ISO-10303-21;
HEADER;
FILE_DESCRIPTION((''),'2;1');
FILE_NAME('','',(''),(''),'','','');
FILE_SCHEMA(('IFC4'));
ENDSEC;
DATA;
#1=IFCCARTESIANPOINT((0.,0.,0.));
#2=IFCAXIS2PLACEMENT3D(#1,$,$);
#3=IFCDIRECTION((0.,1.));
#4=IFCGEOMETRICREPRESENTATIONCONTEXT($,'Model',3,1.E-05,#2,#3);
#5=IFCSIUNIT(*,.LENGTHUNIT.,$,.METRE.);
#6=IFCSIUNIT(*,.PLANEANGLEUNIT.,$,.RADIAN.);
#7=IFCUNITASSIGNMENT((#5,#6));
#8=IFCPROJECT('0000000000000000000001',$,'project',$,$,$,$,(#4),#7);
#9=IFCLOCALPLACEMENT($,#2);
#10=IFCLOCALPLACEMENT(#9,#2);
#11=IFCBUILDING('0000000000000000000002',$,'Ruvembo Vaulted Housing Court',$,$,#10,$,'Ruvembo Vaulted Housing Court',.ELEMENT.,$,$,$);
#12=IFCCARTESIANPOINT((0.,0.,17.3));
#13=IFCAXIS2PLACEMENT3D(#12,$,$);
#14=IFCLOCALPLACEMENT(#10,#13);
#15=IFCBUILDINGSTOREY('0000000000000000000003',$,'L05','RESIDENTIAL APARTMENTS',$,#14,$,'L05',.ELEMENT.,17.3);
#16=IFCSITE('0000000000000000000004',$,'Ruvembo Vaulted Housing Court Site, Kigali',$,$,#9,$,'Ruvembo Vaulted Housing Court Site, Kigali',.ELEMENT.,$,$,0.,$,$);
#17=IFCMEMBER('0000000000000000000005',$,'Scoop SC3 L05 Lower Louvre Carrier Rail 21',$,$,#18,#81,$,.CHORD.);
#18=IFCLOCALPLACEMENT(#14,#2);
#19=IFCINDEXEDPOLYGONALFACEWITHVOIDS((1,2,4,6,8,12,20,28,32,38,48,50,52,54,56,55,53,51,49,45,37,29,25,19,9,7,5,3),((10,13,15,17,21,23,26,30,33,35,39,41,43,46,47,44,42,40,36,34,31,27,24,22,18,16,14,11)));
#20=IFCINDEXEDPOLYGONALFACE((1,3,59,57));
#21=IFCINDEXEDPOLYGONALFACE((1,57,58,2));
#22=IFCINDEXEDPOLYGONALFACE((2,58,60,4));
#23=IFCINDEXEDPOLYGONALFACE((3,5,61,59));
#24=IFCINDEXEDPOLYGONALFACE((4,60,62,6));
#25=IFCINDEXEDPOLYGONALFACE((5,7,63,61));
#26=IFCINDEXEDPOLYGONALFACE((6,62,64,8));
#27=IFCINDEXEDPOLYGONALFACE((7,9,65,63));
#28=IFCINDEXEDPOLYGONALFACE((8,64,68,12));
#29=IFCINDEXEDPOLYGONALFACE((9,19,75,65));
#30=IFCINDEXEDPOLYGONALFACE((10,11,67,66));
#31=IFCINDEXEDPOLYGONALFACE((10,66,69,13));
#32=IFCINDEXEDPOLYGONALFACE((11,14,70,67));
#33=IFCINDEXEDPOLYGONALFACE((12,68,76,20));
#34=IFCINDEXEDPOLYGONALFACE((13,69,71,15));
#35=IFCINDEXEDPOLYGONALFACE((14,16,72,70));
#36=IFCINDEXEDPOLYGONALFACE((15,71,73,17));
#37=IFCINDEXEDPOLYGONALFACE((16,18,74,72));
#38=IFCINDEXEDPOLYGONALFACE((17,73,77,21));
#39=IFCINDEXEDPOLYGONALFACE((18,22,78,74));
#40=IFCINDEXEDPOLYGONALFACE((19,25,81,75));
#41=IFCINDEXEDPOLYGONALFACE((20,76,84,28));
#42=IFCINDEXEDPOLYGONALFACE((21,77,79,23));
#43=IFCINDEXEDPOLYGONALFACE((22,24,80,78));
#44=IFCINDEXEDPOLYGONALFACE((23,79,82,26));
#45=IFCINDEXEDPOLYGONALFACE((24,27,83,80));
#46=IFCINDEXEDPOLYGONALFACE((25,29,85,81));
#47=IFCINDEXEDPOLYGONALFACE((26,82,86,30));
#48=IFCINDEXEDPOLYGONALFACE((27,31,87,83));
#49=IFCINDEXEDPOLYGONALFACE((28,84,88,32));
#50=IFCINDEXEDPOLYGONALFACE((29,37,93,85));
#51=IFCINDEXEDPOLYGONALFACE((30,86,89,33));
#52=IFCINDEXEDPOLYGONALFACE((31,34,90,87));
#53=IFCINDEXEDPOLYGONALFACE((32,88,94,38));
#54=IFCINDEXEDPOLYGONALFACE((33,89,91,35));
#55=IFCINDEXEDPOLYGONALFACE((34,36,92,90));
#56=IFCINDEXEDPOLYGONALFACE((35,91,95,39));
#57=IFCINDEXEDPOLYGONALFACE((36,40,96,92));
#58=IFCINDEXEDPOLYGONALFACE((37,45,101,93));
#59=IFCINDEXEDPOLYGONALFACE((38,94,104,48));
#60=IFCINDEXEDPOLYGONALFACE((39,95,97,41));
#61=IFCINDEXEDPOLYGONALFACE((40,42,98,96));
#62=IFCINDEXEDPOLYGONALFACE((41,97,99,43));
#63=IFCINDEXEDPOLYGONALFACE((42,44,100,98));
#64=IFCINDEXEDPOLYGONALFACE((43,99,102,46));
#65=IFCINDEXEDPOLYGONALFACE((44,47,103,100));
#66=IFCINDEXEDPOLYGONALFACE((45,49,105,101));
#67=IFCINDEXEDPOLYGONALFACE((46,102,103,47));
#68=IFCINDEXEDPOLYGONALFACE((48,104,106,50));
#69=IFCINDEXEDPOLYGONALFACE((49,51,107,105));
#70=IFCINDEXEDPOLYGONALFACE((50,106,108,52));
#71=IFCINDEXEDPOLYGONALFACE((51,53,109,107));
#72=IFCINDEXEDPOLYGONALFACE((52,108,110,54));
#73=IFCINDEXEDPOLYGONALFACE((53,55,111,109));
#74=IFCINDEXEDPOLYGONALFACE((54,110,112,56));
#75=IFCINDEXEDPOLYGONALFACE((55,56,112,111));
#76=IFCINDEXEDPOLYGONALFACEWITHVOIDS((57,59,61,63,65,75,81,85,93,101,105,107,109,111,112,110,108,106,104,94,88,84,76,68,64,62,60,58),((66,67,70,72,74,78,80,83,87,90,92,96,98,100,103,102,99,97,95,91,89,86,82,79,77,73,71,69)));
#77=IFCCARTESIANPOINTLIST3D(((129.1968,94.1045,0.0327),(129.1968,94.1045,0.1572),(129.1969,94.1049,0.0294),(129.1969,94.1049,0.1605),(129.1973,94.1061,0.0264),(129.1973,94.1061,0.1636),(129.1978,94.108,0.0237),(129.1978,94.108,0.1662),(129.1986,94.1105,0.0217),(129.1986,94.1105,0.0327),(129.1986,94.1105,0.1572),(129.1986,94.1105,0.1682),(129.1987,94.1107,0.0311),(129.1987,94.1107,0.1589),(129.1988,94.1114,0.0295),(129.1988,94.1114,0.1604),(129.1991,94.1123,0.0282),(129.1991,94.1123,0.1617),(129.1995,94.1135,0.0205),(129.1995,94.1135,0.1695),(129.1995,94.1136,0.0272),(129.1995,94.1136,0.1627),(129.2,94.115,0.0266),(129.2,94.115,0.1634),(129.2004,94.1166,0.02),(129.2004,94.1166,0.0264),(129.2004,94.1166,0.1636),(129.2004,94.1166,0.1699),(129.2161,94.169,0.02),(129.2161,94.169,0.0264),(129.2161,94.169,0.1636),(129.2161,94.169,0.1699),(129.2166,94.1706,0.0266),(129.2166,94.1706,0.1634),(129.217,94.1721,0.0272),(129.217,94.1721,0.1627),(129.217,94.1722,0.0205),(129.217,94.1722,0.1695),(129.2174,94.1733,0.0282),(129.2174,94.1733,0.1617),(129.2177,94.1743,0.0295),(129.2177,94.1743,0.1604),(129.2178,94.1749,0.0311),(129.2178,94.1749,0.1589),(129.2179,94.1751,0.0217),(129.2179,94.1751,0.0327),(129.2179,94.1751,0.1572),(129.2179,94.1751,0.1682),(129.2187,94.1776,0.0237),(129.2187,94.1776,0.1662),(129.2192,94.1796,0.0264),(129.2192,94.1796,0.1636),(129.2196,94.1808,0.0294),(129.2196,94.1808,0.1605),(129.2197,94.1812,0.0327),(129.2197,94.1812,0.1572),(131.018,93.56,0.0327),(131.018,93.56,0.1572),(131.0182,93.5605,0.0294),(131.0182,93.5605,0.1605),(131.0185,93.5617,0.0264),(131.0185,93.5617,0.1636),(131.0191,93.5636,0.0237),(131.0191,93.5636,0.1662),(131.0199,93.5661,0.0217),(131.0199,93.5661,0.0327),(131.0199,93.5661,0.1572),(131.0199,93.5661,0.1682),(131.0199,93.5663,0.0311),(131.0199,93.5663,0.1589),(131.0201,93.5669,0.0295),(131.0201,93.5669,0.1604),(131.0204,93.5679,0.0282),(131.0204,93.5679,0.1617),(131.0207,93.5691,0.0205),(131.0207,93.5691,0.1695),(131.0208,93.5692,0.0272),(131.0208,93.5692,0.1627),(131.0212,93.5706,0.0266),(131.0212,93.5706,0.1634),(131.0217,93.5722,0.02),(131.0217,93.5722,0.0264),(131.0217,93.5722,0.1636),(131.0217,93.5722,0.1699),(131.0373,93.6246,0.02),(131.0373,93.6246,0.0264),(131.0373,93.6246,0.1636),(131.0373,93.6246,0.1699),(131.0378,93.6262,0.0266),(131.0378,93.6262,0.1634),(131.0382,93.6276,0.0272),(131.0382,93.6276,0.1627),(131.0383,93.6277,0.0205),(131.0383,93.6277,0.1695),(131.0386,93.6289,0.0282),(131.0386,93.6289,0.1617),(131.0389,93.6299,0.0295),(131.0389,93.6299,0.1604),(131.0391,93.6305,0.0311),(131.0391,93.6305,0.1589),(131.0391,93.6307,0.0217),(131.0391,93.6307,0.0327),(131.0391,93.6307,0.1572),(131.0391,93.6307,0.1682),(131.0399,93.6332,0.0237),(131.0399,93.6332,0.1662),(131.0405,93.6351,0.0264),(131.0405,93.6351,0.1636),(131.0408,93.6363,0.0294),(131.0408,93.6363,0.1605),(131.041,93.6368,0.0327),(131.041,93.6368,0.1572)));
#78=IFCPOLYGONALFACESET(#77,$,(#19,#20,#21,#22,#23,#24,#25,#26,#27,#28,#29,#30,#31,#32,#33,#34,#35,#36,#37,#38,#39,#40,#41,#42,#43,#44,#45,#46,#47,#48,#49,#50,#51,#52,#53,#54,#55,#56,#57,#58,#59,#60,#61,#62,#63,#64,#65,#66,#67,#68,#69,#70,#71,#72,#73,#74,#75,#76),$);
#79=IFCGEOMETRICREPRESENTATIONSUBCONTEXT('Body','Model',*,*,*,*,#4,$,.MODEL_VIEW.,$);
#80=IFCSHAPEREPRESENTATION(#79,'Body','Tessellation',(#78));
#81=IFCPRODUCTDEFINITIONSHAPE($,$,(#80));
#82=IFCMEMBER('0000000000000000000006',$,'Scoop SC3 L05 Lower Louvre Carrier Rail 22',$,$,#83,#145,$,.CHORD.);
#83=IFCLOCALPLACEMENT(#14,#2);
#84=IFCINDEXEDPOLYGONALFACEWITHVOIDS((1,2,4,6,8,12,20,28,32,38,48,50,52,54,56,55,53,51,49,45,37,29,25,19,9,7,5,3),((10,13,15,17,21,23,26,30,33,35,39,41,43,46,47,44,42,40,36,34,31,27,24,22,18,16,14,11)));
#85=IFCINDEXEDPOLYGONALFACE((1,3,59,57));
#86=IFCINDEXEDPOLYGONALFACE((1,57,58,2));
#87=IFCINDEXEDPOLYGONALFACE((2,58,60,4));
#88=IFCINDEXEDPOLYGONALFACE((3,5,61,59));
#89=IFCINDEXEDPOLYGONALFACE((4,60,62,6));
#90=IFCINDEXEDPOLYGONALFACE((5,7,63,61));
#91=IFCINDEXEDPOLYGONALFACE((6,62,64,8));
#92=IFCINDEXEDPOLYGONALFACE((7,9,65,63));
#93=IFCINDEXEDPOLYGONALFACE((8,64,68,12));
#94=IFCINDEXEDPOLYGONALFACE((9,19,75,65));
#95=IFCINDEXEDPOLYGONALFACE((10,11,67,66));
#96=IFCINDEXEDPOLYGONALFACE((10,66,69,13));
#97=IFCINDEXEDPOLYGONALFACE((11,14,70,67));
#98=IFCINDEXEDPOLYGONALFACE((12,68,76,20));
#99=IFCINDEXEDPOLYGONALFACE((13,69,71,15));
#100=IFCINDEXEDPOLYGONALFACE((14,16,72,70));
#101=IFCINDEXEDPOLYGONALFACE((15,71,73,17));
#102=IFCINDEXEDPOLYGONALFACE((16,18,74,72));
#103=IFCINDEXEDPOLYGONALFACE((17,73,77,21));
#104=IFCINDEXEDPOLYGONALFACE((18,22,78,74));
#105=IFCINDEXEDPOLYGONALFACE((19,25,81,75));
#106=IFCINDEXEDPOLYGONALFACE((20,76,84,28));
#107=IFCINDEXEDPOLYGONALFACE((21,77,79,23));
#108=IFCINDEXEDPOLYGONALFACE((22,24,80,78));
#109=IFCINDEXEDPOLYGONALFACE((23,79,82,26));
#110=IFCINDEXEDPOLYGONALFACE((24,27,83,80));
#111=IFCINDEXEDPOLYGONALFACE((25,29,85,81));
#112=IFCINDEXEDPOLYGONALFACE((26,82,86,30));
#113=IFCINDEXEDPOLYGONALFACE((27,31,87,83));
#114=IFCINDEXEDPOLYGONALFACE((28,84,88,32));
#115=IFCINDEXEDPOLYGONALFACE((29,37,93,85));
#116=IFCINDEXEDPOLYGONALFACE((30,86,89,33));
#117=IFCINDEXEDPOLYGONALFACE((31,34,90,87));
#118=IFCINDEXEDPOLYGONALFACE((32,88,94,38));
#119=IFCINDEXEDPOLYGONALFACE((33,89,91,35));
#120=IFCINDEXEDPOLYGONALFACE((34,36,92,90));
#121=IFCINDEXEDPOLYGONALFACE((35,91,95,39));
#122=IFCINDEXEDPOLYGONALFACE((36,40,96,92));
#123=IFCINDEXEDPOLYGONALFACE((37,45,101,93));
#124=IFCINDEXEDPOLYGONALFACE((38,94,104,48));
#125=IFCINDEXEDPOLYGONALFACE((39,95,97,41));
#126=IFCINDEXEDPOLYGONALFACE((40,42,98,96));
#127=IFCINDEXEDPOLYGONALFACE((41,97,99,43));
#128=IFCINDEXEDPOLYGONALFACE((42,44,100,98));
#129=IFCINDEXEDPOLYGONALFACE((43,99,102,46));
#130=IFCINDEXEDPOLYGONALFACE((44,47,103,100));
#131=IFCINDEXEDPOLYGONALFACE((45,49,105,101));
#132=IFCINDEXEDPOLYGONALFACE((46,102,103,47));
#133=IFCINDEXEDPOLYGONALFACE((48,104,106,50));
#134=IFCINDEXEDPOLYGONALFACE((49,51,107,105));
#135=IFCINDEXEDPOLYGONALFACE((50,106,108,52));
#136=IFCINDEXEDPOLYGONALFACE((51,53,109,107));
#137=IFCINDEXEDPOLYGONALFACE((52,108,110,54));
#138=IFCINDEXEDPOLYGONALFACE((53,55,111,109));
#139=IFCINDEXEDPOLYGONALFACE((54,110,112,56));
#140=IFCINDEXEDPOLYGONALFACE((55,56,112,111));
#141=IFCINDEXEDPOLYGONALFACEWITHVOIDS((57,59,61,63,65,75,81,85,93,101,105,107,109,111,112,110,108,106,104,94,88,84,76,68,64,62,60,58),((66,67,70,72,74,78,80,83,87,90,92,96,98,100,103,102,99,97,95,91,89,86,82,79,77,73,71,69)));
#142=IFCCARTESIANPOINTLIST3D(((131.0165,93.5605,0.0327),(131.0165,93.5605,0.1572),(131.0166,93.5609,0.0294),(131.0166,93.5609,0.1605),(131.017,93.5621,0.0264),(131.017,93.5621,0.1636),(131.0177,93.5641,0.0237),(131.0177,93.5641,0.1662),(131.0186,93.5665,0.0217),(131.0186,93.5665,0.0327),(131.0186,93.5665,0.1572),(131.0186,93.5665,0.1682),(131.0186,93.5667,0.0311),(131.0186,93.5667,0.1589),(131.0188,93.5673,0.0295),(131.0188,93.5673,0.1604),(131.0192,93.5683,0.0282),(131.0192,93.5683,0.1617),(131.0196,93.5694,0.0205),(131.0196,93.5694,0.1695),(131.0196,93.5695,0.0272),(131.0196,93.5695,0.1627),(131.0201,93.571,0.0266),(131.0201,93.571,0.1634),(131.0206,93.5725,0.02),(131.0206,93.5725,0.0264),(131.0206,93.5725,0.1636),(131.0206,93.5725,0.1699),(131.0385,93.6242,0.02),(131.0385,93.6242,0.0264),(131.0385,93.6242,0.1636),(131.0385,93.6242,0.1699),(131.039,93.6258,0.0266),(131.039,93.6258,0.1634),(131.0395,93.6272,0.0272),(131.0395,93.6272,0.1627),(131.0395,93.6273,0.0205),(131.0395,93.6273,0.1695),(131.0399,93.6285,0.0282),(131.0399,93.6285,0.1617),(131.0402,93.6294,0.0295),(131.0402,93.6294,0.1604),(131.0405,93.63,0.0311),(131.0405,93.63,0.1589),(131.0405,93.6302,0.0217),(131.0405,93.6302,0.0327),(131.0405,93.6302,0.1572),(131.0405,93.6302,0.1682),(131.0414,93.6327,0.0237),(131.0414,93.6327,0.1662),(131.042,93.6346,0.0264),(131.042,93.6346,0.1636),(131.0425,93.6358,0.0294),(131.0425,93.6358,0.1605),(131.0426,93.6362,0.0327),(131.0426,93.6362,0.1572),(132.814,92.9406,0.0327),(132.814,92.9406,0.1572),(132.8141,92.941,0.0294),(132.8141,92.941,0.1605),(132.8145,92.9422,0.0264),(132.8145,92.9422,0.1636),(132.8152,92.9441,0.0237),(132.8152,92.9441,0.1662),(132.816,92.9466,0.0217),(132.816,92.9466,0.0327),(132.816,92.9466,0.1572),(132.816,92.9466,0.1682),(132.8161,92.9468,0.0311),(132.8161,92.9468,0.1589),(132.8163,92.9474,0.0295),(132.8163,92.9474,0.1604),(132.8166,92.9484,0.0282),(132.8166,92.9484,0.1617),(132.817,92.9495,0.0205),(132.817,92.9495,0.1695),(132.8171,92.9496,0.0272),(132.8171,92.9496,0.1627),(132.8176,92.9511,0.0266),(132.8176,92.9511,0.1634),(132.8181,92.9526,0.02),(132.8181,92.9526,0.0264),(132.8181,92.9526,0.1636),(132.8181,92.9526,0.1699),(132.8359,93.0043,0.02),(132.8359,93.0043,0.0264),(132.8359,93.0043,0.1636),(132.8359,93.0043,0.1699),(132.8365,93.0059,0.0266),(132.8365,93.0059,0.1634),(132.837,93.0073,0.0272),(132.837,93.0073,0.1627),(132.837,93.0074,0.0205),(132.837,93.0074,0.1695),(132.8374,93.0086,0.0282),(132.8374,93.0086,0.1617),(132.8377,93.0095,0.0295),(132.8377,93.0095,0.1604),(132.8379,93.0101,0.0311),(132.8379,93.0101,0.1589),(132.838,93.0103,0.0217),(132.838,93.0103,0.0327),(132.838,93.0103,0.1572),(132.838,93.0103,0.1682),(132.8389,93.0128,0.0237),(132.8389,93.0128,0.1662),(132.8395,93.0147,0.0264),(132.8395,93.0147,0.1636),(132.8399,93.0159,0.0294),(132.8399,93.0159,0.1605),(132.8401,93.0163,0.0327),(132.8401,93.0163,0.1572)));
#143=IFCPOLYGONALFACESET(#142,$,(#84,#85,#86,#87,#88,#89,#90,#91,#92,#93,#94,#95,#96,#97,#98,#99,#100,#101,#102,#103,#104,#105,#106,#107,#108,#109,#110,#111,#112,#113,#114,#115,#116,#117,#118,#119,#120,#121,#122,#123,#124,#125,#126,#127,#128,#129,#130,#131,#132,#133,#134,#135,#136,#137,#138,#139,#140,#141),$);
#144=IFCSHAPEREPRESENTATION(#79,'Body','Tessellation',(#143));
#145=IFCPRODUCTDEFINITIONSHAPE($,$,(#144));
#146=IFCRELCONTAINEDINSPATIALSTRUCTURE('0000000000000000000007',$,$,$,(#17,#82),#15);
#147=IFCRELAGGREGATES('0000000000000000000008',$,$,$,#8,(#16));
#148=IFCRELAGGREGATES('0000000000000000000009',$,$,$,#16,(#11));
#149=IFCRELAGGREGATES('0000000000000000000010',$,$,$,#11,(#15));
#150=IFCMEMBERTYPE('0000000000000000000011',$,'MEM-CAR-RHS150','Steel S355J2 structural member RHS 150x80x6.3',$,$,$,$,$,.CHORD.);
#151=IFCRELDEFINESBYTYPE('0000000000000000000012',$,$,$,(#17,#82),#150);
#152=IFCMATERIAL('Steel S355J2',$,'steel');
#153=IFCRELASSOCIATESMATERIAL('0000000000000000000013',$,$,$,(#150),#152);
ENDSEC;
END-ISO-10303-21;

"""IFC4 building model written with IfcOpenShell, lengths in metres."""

from ifc_helpers import new_model, si_unit, direction, frame, origin, origin_2d, place, context, subcontext, project, spatial, hollow_rectangle, extrude, material, material_profile, profile_set, type_object, element, save


model = new_model("IFC4")

# Units and contexts
model_context = context("Model", 3, precision=1e-05, world=origin(), true_north=direction((0.0, 1.0)))
body_context = subcontext(model_context, "Body", "Model", "MODEL_VIEW")
ifc_project = project(units=[si_unit("LENGTHUNIT", "METRE"), si_unit("PLANEANGLEUNIT", "RADIAN")], contexts=[model_context])

# Site, building, storey
site_placement = place(None, origin())
site = spatial("IfcSite", under=ifc_project, at=site_placement, Name="Ruvembo Vaulted Housing Court Site, Kigali", LongName="Ruvembo Vaulted Housing Court Site, Kigali", CompositionType="ELEMENT", RefElevation=0.0)
building_placement = place(site_placement, origin())
building = spatial("IfcBuilding", under=site, at=building_placement, Name="Ruvembo Vaulted Housing Court", LongName="Ruvembo Vaulted Housing Court", CompositionType="ELEMENT")
storey_placement = place(building_placement, frame((0.0, 0.0, 17.3)))
storey = spatial("IfcBuildingStorey", under=building, at=storey_placement, Name="L05", Description="RESIDENTIAL APARTMENTS", LongName="L05", CompositionType="ELEMENT", Elevation=17.3)

# Shared definitions
ifc_material_1 = material(Name="Steel S355J2", Category="steel")

# Members
ifc_material_profile_1 = material_profile(ifc_material_1, hollow_rectangle(XDim=0.0801, YDim=0.1499, WallThickness=0.0063, InnerFilletRadius=0.0063, OuterFilletRadius=0.0127, at=origin_2d()), Name="RHS 150x80x6.3")
ifc_profile_set_1 = profile_set([ifc_material_profile_1], Name="Steel S355J2")
member_type_1 = type_object("IfcMemberType", Name="MEM-CAR-RHS150", Description="Steel S355J2 structural member RHS 150x80x6.3", PredefinedType="CHORD", material=ifc_profile_set_1)
for number, where, z_axis, x_axis, name in (
    (1, (129.2083, 94.1428, 0.095), (0.958109, -0.286405, 0.0), (0.286405, 0.958109, 0.0), "Scoop SC3 L05 Lower Louvre Carrier Rail 21"),
):
    element("IfcMember", number, at=place(storey_placement, frame(where, z_axis=z_axis, x_axis=x_axis)), inside=storey, type_object=member_type_1, Name=name, PredefinedType="CHORD", context=body_context, shape_type="SweptSolid", body=[
        extrude(hollow_rectangle(XDim=0.0801, YDim=0.1499, WallThickness=0.0063, InnerFilletRadius=0.0063, OuterFilletRadius=0.0127, at=origin_2d()), origin(), (0.0, 0.0, 1.0), 1.9009),
    ])
member_1_placement = place(storey_placement, frame((131.0295, 93.5984, 0.095), z_axis=(0.945358, -0.326034, 0.0), x_axis=(0.326034, 0.945358, 0.0)))
element("IfcMember", 2, at=member_1_placement, inside=storey, type_object=member_type_1, Name="Scoop SC3 L05 Lower Louvre Carrier Rail 22", PredefinedType="CHORD", context=body_context, shape_type="SweptSolid", body=[
    extrude(hollow_rectangle(XDim=0.0801, YDim=0.1499, WallThickness=0.0063, InnerFilletRadius=0.0063, OuterFilletRadius=0.0127, at=origin_2d()), origin(), (0.0, 0.0, 1.0), 1.9014),
])

save(model, "model.ifc")
